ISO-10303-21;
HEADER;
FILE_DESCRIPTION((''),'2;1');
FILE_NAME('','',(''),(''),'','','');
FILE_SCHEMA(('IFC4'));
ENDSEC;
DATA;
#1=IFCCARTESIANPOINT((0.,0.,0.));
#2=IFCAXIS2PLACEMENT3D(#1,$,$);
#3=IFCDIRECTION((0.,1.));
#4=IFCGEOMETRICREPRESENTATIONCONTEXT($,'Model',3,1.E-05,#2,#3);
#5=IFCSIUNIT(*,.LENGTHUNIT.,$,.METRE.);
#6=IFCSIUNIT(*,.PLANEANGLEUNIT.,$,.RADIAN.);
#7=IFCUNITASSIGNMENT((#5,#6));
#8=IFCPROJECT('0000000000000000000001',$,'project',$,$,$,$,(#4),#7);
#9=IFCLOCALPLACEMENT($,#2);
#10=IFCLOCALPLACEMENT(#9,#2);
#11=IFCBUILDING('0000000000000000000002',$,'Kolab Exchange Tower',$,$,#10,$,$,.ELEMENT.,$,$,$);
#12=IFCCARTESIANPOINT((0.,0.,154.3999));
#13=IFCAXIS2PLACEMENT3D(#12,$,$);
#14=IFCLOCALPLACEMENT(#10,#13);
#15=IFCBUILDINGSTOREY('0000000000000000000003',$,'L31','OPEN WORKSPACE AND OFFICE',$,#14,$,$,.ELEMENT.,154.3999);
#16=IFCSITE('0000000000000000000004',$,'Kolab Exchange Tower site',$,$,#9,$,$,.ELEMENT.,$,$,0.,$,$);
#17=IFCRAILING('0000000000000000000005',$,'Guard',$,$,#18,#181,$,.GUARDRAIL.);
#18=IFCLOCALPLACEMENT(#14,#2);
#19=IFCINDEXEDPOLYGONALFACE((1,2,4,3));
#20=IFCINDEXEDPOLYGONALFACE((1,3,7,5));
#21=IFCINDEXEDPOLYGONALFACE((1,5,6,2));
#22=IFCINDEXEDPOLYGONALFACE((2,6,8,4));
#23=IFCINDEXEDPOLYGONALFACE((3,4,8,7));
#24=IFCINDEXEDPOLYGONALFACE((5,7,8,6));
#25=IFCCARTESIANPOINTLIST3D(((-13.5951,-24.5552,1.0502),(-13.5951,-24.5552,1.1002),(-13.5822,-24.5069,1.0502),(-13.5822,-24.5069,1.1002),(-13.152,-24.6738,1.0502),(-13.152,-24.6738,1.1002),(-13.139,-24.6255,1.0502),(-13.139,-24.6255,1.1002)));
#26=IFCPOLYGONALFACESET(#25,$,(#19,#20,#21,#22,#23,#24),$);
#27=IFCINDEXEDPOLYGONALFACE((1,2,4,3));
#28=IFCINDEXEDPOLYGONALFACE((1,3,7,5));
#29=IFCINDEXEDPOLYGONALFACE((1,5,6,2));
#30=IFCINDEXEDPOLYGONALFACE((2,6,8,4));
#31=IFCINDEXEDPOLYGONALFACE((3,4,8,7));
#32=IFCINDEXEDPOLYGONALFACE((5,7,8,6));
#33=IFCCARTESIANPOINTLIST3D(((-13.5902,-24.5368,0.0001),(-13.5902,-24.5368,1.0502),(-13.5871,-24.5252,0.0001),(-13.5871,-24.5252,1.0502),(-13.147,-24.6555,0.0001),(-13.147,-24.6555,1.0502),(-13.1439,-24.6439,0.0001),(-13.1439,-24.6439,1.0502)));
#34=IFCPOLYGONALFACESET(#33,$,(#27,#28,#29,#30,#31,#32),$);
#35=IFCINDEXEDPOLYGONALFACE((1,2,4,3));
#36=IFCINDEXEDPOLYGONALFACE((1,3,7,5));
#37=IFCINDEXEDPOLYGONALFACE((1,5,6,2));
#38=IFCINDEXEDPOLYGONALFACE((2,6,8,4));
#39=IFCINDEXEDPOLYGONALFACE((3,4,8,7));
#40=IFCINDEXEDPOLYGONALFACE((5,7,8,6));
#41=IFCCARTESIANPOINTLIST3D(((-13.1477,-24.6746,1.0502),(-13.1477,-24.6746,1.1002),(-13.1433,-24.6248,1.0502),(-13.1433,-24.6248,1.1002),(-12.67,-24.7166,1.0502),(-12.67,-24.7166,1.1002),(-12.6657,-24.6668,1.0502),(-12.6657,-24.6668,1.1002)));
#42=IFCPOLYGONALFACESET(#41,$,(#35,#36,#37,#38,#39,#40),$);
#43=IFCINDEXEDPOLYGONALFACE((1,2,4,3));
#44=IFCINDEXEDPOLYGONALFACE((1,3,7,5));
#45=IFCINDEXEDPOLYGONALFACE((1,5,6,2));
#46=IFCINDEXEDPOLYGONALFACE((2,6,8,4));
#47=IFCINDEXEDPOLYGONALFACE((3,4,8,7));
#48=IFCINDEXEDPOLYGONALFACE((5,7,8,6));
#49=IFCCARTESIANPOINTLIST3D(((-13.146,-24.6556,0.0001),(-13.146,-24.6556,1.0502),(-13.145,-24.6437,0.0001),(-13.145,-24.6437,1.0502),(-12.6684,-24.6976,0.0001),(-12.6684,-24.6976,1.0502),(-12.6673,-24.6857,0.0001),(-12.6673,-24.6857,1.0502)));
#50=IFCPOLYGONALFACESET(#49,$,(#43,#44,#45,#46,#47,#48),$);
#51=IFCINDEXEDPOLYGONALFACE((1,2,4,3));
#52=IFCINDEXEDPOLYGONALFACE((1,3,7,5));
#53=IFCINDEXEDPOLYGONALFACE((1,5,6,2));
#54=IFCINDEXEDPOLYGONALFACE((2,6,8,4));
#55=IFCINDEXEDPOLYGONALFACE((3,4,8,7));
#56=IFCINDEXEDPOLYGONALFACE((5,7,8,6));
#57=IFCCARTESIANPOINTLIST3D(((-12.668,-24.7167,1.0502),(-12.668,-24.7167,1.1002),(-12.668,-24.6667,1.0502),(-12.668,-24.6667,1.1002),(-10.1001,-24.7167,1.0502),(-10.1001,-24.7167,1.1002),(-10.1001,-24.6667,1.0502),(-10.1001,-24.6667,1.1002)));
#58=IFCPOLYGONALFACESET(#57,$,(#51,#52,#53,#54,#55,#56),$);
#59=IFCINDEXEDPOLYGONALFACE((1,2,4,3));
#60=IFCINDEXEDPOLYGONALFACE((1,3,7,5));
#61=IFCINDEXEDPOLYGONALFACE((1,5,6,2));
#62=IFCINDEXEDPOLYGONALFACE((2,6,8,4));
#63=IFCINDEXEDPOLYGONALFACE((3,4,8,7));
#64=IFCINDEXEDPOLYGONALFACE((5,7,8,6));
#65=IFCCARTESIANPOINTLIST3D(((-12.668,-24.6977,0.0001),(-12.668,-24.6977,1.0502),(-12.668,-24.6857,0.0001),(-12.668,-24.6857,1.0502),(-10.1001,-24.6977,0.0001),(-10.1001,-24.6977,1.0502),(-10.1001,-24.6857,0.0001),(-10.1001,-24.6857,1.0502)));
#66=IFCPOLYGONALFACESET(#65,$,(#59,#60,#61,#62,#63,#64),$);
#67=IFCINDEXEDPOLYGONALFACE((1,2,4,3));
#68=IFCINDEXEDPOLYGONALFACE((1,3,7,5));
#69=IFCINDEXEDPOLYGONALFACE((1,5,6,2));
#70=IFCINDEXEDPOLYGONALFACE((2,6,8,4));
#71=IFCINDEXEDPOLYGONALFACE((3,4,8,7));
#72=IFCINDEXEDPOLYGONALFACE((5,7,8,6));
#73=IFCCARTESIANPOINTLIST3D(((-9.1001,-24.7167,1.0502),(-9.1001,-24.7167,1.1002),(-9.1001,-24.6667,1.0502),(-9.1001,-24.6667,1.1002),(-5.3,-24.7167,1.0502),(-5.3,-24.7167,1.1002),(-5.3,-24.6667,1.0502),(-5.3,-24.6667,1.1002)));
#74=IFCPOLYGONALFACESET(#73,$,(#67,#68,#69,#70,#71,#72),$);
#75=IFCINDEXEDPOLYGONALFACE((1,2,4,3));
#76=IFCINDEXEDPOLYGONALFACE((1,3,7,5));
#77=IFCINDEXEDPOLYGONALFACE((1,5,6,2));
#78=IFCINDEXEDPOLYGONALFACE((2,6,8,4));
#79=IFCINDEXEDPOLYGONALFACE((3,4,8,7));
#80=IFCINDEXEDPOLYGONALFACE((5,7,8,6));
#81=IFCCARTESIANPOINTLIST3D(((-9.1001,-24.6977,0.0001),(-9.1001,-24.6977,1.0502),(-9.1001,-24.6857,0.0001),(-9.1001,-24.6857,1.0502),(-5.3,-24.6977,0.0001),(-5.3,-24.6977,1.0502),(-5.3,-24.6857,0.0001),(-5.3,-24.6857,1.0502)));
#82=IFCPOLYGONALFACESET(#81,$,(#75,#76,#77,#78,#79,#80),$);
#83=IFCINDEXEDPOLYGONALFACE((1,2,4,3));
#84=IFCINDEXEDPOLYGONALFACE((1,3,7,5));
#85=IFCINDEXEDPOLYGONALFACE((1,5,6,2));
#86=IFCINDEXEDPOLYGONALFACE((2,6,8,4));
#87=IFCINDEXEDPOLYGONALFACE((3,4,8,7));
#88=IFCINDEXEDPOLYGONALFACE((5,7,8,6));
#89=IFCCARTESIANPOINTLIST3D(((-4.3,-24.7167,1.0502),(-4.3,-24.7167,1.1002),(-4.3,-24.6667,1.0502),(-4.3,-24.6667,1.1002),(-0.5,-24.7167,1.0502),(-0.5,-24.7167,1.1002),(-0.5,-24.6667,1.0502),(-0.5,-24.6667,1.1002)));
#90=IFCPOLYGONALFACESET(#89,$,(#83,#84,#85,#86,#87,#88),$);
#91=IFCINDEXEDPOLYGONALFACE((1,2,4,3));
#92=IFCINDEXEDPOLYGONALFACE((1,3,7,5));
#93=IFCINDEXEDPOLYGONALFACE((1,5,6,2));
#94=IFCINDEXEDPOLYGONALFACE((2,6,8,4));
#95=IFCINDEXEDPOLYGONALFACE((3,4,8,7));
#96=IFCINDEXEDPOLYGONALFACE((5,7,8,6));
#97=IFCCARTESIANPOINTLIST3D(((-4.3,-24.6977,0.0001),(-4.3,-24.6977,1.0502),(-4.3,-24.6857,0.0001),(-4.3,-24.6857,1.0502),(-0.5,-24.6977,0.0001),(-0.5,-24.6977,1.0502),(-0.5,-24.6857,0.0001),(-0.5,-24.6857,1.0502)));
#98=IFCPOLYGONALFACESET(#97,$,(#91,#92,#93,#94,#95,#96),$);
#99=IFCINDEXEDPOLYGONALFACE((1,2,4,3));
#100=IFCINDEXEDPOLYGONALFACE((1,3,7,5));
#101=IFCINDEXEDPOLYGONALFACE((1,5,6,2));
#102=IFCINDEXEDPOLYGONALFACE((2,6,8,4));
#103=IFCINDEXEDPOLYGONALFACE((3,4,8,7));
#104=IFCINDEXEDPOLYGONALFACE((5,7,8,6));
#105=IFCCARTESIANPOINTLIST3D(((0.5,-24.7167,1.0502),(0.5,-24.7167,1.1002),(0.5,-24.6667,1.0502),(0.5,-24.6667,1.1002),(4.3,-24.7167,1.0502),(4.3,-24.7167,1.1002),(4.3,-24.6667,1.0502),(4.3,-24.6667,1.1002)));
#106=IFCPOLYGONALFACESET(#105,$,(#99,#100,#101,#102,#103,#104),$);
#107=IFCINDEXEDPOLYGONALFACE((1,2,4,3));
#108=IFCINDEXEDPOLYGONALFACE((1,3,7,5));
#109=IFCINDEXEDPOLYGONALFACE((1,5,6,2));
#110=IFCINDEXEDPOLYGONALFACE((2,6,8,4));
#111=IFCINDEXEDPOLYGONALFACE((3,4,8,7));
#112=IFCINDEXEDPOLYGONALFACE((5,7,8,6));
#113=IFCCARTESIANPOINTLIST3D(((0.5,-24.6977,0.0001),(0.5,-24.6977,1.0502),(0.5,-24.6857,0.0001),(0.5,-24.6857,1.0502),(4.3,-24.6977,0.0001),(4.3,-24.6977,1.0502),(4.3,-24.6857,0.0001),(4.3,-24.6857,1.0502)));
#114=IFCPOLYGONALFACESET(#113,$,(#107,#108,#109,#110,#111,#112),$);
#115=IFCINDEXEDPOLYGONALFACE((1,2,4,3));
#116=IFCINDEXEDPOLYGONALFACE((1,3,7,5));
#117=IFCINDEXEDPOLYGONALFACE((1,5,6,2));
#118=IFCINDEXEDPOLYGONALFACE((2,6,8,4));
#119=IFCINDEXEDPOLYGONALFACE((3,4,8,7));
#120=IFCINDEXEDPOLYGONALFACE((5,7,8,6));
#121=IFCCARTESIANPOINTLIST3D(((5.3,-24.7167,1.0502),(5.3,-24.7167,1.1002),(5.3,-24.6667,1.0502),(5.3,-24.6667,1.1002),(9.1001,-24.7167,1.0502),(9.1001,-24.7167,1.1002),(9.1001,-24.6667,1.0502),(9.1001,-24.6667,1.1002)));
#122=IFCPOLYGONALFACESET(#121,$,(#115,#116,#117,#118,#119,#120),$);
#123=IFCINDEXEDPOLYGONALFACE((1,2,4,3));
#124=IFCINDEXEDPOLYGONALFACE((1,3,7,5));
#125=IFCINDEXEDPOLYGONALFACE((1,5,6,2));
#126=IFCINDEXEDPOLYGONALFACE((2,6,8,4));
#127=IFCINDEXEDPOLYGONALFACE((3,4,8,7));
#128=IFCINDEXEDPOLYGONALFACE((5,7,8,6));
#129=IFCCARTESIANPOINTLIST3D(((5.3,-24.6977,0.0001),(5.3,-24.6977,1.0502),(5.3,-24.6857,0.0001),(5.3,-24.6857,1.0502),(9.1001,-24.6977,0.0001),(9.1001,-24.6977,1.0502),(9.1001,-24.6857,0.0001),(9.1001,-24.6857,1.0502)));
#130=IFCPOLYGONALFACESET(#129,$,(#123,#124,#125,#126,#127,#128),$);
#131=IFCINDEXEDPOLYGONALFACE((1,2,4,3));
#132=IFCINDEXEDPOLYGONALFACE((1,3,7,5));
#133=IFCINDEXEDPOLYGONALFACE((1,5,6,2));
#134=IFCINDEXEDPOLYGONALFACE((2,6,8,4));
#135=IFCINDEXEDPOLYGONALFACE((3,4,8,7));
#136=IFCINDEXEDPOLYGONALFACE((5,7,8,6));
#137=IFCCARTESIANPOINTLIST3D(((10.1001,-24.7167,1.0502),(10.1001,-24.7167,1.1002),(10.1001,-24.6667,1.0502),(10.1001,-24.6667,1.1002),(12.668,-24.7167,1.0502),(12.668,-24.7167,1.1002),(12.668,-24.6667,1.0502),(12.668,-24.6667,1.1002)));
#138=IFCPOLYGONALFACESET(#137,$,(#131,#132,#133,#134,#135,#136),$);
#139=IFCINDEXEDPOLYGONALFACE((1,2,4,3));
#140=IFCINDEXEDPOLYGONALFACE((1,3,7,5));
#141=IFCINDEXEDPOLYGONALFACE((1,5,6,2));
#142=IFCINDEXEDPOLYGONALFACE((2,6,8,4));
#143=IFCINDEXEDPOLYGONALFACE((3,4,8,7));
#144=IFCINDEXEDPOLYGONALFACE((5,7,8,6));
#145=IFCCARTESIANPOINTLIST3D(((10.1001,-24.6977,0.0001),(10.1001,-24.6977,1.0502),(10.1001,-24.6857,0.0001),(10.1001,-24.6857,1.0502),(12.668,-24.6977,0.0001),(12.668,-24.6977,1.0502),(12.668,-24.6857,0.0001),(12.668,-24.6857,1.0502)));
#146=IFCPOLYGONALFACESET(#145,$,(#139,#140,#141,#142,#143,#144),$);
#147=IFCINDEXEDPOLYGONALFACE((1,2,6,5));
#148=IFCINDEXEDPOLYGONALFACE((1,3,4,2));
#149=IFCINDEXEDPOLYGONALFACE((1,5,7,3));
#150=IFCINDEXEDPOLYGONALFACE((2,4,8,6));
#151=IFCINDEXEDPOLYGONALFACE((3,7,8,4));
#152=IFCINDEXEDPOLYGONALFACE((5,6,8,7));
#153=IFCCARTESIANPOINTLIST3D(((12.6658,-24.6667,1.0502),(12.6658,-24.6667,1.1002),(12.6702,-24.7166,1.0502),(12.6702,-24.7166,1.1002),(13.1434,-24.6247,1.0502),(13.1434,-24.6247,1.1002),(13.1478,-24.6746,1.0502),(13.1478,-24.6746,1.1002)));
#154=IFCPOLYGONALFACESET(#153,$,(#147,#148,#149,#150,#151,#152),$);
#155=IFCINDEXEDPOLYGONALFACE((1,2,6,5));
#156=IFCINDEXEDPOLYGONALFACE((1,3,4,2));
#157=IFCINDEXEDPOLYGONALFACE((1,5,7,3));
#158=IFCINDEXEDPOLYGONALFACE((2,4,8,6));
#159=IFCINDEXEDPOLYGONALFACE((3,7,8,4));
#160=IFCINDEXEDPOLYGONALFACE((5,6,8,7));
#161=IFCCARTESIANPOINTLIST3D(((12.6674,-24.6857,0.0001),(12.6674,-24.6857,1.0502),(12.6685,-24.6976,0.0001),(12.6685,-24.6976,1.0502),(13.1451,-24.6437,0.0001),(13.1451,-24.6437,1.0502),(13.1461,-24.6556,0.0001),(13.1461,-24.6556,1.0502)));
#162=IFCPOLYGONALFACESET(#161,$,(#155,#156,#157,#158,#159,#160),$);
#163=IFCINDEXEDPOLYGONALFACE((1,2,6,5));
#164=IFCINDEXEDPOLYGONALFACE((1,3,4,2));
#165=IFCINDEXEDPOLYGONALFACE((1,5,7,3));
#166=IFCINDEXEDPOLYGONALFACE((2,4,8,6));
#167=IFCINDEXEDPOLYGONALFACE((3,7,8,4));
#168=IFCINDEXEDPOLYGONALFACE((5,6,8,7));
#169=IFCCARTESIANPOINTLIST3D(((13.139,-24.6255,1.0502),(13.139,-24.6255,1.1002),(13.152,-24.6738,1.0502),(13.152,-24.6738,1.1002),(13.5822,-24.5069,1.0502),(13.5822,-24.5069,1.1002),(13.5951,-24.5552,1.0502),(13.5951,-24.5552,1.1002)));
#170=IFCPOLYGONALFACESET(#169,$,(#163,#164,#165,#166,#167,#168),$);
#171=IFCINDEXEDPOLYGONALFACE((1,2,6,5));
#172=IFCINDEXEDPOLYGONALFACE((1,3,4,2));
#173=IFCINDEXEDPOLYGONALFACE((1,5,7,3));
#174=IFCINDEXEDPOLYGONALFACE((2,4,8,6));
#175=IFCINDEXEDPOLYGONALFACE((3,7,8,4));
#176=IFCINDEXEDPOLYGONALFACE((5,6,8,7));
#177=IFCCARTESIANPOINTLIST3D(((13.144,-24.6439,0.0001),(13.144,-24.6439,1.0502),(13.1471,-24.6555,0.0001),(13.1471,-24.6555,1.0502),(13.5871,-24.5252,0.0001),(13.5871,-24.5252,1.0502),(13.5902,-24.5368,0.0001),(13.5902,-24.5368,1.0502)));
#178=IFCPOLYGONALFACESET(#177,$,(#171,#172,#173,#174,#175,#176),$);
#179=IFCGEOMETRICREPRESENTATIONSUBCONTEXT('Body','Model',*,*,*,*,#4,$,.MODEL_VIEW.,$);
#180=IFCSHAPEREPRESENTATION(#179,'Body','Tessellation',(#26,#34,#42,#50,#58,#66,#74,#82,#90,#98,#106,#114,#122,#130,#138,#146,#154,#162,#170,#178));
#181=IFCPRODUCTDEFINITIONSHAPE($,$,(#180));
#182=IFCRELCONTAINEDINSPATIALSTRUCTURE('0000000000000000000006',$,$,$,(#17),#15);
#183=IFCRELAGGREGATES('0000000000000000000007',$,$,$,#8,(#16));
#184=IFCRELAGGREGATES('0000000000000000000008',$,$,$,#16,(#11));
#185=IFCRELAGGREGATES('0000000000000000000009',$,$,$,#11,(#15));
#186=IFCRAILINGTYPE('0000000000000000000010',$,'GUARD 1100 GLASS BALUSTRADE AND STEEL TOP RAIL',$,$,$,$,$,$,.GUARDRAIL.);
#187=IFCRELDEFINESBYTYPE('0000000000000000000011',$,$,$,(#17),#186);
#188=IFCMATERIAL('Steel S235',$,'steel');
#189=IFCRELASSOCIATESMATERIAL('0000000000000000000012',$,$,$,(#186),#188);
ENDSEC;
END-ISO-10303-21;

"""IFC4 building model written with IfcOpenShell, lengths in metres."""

from ifc_helpers import new_model, si_unit, direction, frame, frame_2d, origin, origin_2d, place, context, subcontext, project, spatial, rectangle, extrude, material, type_object, element, save


model = new_model("IFC4")

# Units and contexts
model_context = context("Model", 3, precision=1e-05, world=origin(), true_north=direction((0.0, 1.0)))
body_context = subcontext(model_context, "Body", "Model", "MODEL_VIEW")
ifc_project = project(units=[si_unit("LENGTHUNIT", "METRE"), si_unit("PLANEANGLEUNIT", "RADIAN")], contexts=[model_context])

# Site, building, storey
site_placement = place(None, origin())
site = spatial("IfcSite", under=ifc_project, at=site_placement, Name="Kolab Exchange Tower site", CompositionType="ELEMENT", RefElevation=0.0)
building_placement = place(site_placement, origin())
building = spatial("IfcBuilding", under=site, at=building_placement, Name="Kolab Exchange Tower", CompositionType="ELEMENT")
storey_placement = place(building_placement, frame((0.0, 0.0, 154.3999)))
storey = spatial("IfcBuildingStorey", under=building, at=storey_placement, Name="L31", Description="OPEN WORKSPACE AND OFFICE", CompositionType="ELEMENT", Elevation=154.3999)

# Railing
ifc_material_1 = material(Name="Steel S235", Category="steel")
railing_type = type_object("IfcRailingType", Name="GUARD 1100 GLASS BALUSTRADE AND STEEL TOP RAIL", PredefinedType="GUARDRAIL", material=ifc_material_1)
railing_placement = place(storey_placement, frame((-13.5886, -24.531, 0.0)))
element("IfcRailing", 1, at=railing_placement, inside=storey, type_object=railing_type, Name="Guard", PredefinedType="GUARDRAIL", context=body_context, shape_type="SweptSolid", body=[
    extrude(rectangle(XDim=0.05, YDim=0.05, at=origin_2d()), frame((0.0, 0.0, 1.0752), z_axis=(0.965969, -0.258656, 0.0), x_axis=(0.258656, 0.965969, 0.0)), (0.0, 0.0, 1.0), 0.4587),
    extrude(rectangle(XDim=0.012, YDim=1.0501, at=frame_2d((0.0, 0.5251))), frame((0.0, 0.0, 0.0), z_axis=(0.965969, -0.258656, 0.0), x_axis=(0.258656, 0.965969, 0.0)), (0.0, 0.0, 1.0), 0.4587),
    extrude(rectangle(XDim=0.05, YDim=0.05, at=origin_2d()), frame((0.4431, -0.1187, 1.0752), z_axis=(0.996156, -0.087597, 0.0), x_axis=(0.087597, 0.996156, 0.0)), (0.0, 0.0, 1.0), 0.4795),
    extrude(rectangle(XDim=0.012, YDim=1.0501, at=frame_2d((0.0, 0.5251))), frame((0.4431, -0.1187, 0.0), z_axis=(0.996156, -0.087597, 0.0), x_axis=(0.087597, 0.996156, 0.0)), (0.0, 0.0, 1.0), 0.4795),
    extrude(rectangle(XDim=0.05, YDim=0.05, at=origin_2d()), frame((0.9207, -0.1606, 1.0752), z_axis=(1.0, 0.0, 0.0), x_axis=(0.0, 1.0, 0.0)), (0.0, 0.0, 1.0), 2.5679),
    extrude(rectangle(XDim=0.012, YDim=1.0501, at=frame_2d((0.0, 0.5251))), frame((0.9207, -0.1606, 0.0), z_axis=(1.0, 0.0, 0.0), x_axis=(0.0, 1.0, 0.0)), (0.0, 0.0, 1.0), 2.5679),
    extrude(rectangle(XDim=0.05, YDim=0.05, at=origin_2d()), frame((4.4885, -0.1606, 1.0752), z_axis=(1.0, 0.0, 0.0), x_axis=(0.0, 1.0, 0.0)), (0.0, 0.0, 1.0), 3.8),
    extrude(rectangle(XDim=0.012, YDim=1.0501, at=frame_2d((0.0, 0.5251))), frame((4.4885, -0.1606, 0.0), z_axis=(1.0, 0.0, 0.0), x_axis=(0.0, 1.0, 0.0)), (0.0, 0.0, 1.0), 3.8),
    extrude(rectangle(XDim=0.05, YDim=0.05, at=origin_2d()), frame((9.2886, -0.1606, 1.0752), z_axis=(1.0, 0.0, 0.0), x_axis=(0.0, 1.0, 0.0)), (0.0, 0.0, 1.0), 3.8),
    extrude(rectangle(XDim=0.012, YDim=1.0501, at=frame_2d((0.0, 0.5251))), frame((9.2886, -0.1606, 0.0), z_axis=(1.0, 0.0, 0.0), x_axis=(0.0, 1.0, 0.0)), (0.0, 0.0, 1.0), 3.8),
    extrude(rectangle(XDim=0.05, YDim=0.05, at=origin_2d()), frame((14.0886, -0.1606, 1.0752), z_axis=(1.0, 0.0, 0.0), x_axis=(0.0, 1.0, 0.0)), (0.0, 0.0, 1.0), 3.8),
    extrude(rectangle(XDim=0.012, YDim=1.0501, at=frame_2d((0.0, 0.5251))), frame((14.0886, -0.1606, 0.0), z_axis=(1.0, 0.0, 0.0), x_axis=(0.0, 1.0, 0.0)), (0.0, 0.0, 1.0), 3.8),
    extrude(rectangle(XDim=0.05, YDim=0.05, at=origin_2d()), frame((18.8887, -0.1606, 1.0752), z_axis=(1.0, 0.0, 0.0), x_axis=(0.0, 1.0, 0.0)), (0.0, 0.0, 1.0), 3.8),
    extrude(rectangle(XDim=0.012, YDim=1.0501, at=frame_2d((0.0, 0.5251))), frame((18.8887, -0.1606, 0.0), z_axis=(1.0, 0.0, 0.0), x_axis=(0.0, 1.0, 0.0)), (0.0, 0.0, 1.0), 3.8),
    extrude(rectangle(XDim=0.05, YDim=0.05, at=origin_2d()), frame((23.6887, -0.1606, 1.0752), z_axis=(1.0, 0.0, 0.0), x_axis=(0.0, 1.0, 0.0)), (0.0, 0.0, 1.0), 2.5679),
    extrude(rectangle(XDim=0.012, YDim=1.0501, at=frame_2d((0.0, 0.5251))), frame((23.6887, -0.1606, 0.0), z_axis=(1.0, 0.0, 0.0), x_axis=(0.0, 1.0, 0.0)), (0.0, 0.0, 1.0), 2.5679),
    extrude(rectangle(XDim=0.05, YDim=0.05, at=origin_2d()), frame((26.2566, -0.1606, 1.0752), z_axis=(0.996156, 0.087597, 0.0), x_axis=(-0.087597, 0.996156, 0.0)), (0.0, 0.0, 1.0), 0.4795),
    extrude(rectangle(XDim=0.012, YDim=1.0501, at=frame_2d((0.0, 0.5251))), frame((26.2566, -0.1606, 0.0), z_axis=(0.996156, 0.087597, 0.0), x_axis=(-0.087597, 0.996156, 0.0)), (0.0, 0.0, 1.0), 0.4795),
    extrude(rectangle(XDim=0.05, YDim=0.05, at=origin_2d()), frame((26.7341, -0.1187, 1.0752), z_axis=(0.965969, 0.258656, 0.0), x_axis=(-0.258656, 0.965969, 0.0)), (0.0, 0.0, 1.0), 0.4587),
    extrude(rectangle(XDim=0.012, YDim=1.0501, at=frame_2d((0.0, 0.5251))), frame((26.7341, -0.1187, 0.0), z_axis=(0.965969, 0.258656, 0.0), x_axis=(-0.258656, 0.965969, 0.0)), (0.0, 0.0, 1.0), 0.4587),
])

save(model, "model.ifc")
